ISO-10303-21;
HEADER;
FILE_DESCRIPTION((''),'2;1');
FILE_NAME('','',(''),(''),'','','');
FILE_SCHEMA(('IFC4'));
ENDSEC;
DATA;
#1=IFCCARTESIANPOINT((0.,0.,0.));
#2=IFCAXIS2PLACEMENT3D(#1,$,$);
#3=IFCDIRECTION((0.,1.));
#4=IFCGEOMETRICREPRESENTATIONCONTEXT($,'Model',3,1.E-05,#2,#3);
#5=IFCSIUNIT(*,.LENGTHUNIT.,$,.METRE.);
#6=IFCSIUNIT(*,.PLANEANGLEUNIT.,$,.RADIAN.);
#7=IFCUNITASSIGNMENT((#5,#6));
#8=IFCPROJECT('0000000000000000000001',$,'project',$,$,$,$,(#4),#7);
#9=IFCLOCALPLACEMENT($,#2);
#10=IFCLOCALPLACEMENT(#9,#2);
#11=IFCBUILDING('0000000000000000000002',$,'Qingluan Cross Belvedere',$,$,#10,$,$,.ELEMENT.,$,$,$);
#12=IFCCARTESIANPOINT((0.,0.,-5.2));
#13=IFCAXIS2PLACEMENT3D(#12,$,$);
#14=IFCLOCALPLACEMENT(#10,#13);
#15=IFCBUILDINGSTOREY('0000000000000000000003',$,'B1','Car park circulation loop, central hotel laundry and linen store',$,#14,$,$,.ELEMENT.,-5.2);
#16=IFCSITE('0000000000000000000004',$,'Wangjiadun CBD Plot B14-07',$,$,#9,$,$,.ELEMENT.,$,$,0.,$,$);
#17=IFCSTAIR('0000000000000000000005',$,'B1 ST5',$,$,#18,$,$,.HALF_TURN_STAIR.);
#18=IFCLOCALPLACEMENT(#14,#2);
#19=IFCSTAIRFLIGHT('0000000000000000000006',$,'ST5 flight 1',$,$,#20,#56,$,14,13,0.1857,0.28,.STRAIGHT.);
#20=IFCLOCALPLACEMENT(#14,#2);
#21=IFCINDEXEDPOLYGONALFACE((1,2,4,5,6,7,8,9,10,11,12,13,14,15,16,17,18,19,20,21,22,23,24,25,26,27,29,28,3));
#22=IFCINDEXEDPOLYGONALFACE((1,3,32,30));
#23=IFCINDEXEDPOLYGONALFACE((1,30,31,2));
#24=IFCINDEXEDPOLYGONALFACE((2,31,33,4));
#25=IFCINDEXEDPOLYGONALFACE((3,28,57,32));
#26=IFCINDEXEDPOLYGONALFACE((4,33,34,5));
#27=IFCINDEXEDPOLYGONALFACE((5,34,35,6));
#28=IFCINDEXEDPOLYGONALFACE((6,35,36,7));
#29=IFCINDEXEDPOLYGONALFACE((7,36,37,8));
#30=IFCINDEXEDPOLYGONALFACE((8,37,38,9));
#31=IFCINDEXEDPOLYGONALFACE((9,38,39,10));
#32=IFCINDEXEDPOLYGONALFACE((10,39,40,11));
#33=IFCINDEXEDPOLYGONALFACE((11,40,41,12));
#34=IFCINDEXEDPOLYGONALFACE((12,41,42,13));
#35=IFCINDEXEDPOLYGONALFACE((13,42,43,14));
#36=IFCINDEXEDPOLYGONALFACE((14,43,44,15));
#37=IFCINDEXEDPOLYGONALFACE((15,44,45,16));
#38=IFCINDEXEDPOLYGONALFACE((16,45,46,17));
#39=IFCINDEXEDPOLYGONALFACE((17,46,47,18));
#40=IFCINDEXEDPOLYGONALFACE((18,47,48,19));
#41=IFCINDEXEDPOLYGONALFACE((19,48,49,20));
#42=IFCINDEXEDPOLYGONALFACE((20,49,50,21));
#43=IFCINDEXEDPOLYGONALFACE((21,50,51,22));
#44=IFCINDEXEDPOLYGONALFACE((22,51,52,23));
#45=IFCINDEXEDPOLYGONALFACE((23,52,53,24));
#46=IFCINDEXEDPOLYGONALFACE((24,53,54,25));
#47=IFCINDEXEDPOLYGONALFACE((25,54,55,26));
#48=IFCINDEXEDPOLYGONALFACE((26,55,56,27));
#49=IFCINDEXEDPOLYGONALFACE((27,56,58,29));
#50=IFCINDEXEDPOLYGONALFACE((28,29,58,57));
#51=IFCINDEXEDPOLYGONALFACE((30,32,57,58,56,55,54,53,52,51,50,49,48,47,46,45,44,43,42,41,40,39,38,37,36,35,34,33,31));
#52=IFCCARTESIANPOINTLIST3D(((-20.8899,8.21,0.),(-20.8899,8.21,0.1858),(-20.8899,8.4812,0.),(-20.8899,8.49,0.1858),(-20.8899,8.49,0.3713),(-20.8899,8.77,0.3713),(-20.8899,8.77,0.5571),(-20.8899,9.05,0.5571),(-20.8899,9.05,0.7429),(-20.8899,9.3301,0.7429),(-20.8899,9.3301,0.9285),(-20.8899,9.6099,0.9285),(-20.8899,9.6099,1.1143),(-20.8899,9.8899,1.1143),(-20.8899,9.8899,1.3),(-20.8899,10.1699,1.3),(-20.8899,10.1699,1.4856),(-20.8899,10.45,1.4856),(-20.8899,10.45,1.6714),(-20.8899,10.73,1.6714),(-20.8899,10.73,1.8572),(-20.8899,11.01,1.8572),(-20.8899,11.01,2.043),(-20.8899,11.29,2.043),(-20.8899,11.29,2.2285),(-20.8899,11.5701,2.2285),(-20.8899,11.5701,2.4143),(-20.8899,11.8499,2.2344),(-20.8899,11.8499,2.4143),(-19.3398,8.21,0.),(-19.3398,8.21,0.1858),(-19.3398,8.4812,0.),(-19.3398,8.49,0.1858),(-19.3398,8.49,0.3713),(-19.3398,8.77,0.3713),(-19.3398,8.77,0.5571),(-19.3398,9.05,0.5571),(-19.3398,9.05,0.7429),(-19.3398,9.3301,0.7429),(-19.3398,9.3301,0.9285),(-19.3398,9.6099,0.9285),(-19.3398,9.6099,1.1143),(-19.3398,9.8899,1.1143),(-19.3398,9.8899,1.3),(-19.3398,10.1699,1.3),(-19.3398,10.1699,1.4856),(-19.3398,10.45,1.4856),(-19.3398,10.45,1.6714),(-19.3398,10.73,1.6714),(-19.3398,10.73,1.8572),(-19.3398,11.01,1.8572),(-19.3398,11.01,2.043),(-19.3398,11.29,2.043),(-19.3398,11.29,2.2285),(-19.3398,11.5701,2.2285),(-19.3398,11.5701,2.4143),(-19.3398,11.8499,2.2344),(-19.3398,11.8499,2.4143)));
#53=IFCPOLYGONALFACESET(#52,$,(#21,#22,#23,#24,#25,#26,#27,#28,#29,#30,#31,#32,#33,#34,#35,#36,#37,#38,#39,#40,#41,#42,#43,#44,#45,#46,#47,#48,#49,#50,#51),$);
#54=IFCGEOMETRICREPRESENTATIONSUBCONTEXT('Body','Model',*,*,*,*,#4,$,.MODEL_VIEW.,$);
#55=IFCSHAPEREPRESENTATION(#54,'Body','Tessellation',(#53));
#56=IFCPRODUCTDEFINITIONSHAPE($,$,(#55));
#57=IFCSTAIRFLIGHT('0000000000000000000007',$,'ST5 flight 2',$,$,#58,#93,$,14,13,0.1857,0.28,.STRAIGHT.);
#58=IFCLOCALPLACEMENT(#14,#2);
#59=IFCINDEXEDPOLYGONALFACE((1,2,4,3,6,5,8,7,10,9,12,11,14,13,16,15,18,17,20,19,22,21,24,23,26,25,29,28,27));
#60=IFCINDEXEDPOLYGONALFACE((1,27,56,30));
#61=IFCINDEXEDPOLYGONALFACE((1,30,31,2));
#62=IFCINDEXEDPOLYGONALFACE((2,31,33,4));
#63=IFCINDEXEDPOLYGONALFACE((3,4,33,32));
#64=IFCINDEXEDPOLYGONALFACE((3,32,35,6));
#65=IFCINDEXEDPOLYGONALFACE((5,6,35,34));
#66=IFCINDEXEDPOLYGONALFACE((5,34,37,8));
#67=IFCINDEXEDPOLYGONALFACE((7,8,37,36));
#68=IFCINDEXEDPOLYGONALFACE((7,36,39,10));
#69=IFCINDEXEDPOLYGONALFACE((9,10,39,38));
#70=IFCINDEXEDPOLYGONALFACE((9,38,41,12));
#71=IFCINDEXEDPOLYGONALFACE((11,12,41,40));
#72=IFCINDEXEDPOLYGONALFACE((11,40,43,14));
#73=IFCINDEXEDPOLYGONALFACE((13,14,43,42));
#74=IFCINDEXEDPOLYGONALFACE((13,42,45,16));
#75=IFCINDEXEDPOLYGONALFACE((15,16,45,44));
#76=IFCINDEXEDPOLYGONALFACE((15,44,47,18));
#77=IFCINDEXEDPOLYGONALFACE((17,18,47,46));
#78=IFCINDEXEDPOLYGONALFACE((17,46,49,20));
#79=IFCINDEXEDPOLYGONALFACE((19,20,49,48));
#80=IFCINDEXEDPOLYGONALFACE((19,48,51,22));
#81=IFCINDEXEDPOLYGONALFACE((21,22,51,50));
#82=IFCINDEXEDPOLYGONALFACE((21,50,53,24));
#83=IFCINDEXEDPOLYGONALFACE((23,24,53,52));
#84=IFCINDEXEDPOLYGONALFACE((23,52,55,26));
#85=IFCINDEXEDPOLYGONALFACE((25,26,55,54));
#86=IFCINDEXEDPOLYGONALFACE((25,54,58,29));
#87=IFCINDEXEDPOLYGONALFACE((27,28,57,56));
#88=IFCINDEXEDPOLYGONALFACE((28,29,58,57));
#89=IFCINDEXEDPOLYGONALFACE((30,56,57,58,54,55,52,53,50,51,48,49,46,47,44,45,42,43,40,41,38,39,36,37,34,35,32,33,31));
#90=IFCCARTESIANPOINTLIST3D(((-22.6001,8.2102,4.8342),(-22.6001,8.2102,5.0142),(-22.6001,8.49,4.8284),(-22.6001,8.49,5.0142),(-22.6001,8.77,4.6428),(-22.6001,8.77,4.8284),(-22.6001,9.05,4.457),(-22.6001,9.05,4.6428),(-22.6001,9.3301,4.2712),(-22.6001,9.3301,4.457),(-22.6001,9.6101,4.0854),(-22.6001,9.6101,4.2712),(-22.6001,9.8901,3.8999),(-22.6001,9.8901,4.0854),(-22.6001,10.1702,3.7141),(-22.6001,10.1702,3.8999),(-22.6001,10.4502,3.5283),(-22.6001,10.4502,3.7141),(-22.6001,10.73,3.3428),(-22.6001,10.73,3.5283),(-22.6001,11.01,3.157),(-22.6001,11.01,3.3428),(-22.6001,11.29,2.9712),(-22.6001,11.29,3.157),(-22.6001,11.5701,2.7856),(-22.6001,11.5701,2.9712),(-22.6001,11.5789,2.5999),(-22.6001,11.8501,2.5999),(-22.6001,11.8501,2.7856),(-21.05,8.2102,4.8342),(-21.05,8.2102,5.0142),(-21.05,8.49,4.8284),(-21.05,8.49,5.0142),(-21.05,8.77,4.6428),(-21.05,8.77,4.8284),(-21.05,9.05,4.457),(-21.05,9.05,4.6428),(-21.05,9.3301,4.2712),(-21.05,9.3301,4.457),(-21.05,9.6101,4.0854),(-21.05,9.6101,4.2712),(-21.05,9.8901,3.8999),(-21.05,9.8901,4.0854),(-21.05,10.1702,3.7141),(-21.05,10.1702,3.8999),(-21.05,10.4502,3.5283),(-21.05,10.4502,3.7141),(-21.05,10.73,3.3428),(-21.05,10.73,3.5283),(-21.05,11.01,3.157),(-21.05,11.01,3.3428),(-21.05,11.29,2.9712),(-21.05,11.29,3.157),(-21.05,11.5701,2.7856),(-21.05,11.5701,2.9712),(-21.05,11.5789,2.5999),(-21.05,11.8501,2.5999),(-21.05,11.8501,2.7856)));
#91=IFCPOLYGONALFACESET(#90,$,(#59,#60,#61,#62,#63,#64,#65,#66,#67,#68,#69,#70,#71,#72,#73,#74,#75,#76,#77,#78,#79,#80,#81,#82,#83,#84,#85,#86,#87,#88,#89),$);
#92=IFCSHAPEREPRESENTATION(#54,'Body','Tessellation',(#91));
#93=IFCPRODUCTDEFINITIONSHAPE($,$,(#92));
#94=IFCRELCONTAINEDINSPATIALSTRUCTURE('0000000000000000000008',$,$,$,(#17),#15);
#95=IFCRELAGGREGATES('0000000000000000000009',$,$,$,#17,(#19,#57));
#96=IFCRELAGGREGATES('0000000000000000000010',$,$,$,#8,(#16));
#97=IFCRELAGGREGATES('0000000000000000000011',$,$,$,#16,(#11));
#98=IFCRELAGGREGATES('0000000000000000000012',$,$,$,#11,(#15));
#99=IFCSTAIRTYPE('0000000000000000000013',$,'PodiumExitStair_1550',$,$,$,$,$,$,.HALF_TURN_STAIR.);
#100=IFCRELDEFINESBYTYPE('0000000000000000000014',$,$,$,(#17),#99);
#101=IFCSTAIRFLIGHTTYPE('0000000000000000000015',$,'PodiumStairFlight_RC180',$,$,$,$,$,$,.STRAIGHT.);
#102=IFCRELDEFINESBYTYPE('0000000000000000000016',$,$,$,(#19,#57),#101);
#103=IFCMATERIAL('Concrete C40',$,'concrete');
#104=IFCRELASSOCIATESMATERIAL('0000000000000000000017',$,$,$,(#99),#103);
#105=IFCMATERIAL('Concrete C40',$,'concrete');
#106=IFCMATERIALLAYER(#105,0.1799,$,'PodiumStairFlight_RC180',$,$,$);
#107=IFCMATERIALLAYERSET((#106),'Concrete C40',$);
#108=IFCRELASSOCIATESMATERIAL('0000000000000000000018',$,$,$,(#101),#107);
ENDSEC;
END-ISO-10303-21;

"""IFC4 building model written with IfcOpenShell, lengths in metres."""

from ifc_helpers import new_model, si_unit, direction, frame, origin, place, context, subcontext, project, spatial, polyline, outline, extrude, material, layer, layer_set, type_object, element, aggregate, save


model = new_model("IFC4")

# Units and contexts
model_context = context("Model", 3, precision=1e-05, world=origin(), true_north=direction((0.0, 1.0)))
body_context = subcontext(model_context, "Body", "Model", "MODEL_VIEW")
ifc_project = project(units=[si_unit("LENGTHUNIT", "METRE"), si_unit("PLANEANGLEUNIT", "RADIAN")], contexts=[model_context])

# Site, building, storey
site_placement = place(None, origin())
site = spatial("IfcSite", under=ifc_project, at=site_placement, Name="Wangjiadun CBD Plot B14-07", CompositionType="ELEMENT", RefElevation=0.0)
building_placement = place(site_placement, origin())
building = spatial("IfcBuilding", under=site, at=building_placement, Name="Qingluan Cross Belvedere", CompositionType="ELEMENT")
storey_placement = place(building_placement, frame((0.0, 0.0, -5.2)))
storey = spatial("IfcBuildingStorey", under=building, at=storey_placement, Name="B1", Description="Car park circulation loop, central hotel laundry and linen store", CompositionType="ELEMENT", Elevation=-5.2)

# Stair, stair flights
ifc_material_1 = material(Name="Concrete C40", Category="concrete")
stair_type = type_object("IfcStairType", Name="PodiumExitStair_1550", PredefinedType="HALF_TURN_STAIR", material=ifc_material_1)
stair_placement = place(storey_placement, origin())
stair = element("IfcStair", 1, at=stair_placement, inside=storey, type_object=stair_type, Name="B1 ST5", PredefinedType="HALF_TURN_STAIR")
ifc_material_2 = material(Name="Concrete C40", Category="concrete")
ifc_layer_1 = layer(ifc_material_2, 0.1799, Name="PodiumStairFlight_RC180")
ifc_layer_set_1 = layer_set([ifc_layer_1], Name="Concrete C40")
stair_flight_type = type_object("IfcStairFlightType", Name="PodiumStairFlight_RC180", PredefinedType="STRAIGHT", material=ifc_layer_set_1)
stair_flight_1_placement = place(storey_placement, frame((-20.115, 8.21, 0.0), z_axis=(0.0, 0.0, 1.0), x_axis=(0.0, 1.0, 0.0)))
stair_flight_1 = element("IfcStairFlight", 2, at=stair_flight_1_placement, type_object=stair_flight_type, Name="ST5 flight 1", NumberOfRisers=14, NumberOfTreads=13, PredefinedType="STRAIGHT", RiserHeight=0.1857, TreadLength=0.28, context=body_context, shape_type="SweptSolid", body=[
    extrude(outline(polyline([(0.0, 0.0), (0.0, 0.1858), (0.28, 0.1858), (0.28, 0.3713), (0.5601, 0.3713), (0.5601, 0.5571), (0.8401, 0.5571), (0.8401, 0.7429), (1.1201, 0.7429), (1.1201, 0.9285), (1.3999, 0.9285), (1.3999, 1.1143), (1.6799, 1.1143), (1.6799, 1.3), (1.96, 1.3), (1.96, 1.4856), (2.24, 1.4856), (2.24, 1.6714), (2.52, 1.6714), (2.52, 1.8572), (2.8, 1.8572), (2.8, 2.043), (3.0801, 2.043), (3.0801, 2.2285), (3.3601, 2.2285), (3.3601, 2.4143), (3.6399, 2.4143), (3.6399, 2.6001), (3.6399, 2.2344), (0.2712, 0.0), (0.0, 0.0)])), frame((0.0, 0.7749, 0.0), z_axis=(0.0, -1.0, 0.0), x_axis=(1.0, 0.0, 0.0)), (0.0, 0.0, 1.0), 1.55),
])
stair_flight_2_placement = place(storey_placement, frame((-21.825, 11.8501, 2.5999), z_axis=(0.0, 0.0, 1.0), x_axis=(0.0, -1.0, 0.0)))
stair_flight_2 = element("IfcStairFlight", 3, at=stair_flight_2_placement, type_object=stair_flight_type, Name="ST5 flight 2", NumberOfRisers=14, NumberOfTreads=13, PredefinedType="STRAIGHT", RiserHeight=0.1857, TreadLength=0.28, context=body_context, shape_type="SweptSolid", body=[
    extrude(outline(polyline([(0.0, 0.0), (0.0, 0.1858), (0.28, 0.1858), (0.28, 0.3713), (0.5601, 0.3713), (0.5601, 0.5571), (0.8401, 0.5571), (0.8401, 0.7429), (1.1201, 0.7429), (1.1201, 0.9285), (1.3999, 0.9285), (1.3999, 1.1143), (1.6799, 1.1143), (1.6799, 1.3), (1.96, 1.3), (1.96, 1.4856), (2.24, 1.4856), (2.24, 1.6714), (2.52, 1.6714), (2.52, 1.8572), (2.8, 1.8572), (2.8, 2.043), (3.0801, 2.043), (3.0801, 2.2285), (3.3601, 2.2285), (3.3601, 2.4143), (3.6399, 2.4143), (3.6399, 2.6001), (3.6399, 2.2344), (0.2712, 0.0), (0.0, 0.0)])), frame((0.0, 0.7749, 0.0), z_axis=(0.0, -1.0, 0.0), x_axis=(1.0, 0.0, 0.0)), (0.0, 0.0, 1.0), 1.55),
])
aggregate(stair, [stair_flight_1, stair_flight_2])

save(model, "model.ifc")
